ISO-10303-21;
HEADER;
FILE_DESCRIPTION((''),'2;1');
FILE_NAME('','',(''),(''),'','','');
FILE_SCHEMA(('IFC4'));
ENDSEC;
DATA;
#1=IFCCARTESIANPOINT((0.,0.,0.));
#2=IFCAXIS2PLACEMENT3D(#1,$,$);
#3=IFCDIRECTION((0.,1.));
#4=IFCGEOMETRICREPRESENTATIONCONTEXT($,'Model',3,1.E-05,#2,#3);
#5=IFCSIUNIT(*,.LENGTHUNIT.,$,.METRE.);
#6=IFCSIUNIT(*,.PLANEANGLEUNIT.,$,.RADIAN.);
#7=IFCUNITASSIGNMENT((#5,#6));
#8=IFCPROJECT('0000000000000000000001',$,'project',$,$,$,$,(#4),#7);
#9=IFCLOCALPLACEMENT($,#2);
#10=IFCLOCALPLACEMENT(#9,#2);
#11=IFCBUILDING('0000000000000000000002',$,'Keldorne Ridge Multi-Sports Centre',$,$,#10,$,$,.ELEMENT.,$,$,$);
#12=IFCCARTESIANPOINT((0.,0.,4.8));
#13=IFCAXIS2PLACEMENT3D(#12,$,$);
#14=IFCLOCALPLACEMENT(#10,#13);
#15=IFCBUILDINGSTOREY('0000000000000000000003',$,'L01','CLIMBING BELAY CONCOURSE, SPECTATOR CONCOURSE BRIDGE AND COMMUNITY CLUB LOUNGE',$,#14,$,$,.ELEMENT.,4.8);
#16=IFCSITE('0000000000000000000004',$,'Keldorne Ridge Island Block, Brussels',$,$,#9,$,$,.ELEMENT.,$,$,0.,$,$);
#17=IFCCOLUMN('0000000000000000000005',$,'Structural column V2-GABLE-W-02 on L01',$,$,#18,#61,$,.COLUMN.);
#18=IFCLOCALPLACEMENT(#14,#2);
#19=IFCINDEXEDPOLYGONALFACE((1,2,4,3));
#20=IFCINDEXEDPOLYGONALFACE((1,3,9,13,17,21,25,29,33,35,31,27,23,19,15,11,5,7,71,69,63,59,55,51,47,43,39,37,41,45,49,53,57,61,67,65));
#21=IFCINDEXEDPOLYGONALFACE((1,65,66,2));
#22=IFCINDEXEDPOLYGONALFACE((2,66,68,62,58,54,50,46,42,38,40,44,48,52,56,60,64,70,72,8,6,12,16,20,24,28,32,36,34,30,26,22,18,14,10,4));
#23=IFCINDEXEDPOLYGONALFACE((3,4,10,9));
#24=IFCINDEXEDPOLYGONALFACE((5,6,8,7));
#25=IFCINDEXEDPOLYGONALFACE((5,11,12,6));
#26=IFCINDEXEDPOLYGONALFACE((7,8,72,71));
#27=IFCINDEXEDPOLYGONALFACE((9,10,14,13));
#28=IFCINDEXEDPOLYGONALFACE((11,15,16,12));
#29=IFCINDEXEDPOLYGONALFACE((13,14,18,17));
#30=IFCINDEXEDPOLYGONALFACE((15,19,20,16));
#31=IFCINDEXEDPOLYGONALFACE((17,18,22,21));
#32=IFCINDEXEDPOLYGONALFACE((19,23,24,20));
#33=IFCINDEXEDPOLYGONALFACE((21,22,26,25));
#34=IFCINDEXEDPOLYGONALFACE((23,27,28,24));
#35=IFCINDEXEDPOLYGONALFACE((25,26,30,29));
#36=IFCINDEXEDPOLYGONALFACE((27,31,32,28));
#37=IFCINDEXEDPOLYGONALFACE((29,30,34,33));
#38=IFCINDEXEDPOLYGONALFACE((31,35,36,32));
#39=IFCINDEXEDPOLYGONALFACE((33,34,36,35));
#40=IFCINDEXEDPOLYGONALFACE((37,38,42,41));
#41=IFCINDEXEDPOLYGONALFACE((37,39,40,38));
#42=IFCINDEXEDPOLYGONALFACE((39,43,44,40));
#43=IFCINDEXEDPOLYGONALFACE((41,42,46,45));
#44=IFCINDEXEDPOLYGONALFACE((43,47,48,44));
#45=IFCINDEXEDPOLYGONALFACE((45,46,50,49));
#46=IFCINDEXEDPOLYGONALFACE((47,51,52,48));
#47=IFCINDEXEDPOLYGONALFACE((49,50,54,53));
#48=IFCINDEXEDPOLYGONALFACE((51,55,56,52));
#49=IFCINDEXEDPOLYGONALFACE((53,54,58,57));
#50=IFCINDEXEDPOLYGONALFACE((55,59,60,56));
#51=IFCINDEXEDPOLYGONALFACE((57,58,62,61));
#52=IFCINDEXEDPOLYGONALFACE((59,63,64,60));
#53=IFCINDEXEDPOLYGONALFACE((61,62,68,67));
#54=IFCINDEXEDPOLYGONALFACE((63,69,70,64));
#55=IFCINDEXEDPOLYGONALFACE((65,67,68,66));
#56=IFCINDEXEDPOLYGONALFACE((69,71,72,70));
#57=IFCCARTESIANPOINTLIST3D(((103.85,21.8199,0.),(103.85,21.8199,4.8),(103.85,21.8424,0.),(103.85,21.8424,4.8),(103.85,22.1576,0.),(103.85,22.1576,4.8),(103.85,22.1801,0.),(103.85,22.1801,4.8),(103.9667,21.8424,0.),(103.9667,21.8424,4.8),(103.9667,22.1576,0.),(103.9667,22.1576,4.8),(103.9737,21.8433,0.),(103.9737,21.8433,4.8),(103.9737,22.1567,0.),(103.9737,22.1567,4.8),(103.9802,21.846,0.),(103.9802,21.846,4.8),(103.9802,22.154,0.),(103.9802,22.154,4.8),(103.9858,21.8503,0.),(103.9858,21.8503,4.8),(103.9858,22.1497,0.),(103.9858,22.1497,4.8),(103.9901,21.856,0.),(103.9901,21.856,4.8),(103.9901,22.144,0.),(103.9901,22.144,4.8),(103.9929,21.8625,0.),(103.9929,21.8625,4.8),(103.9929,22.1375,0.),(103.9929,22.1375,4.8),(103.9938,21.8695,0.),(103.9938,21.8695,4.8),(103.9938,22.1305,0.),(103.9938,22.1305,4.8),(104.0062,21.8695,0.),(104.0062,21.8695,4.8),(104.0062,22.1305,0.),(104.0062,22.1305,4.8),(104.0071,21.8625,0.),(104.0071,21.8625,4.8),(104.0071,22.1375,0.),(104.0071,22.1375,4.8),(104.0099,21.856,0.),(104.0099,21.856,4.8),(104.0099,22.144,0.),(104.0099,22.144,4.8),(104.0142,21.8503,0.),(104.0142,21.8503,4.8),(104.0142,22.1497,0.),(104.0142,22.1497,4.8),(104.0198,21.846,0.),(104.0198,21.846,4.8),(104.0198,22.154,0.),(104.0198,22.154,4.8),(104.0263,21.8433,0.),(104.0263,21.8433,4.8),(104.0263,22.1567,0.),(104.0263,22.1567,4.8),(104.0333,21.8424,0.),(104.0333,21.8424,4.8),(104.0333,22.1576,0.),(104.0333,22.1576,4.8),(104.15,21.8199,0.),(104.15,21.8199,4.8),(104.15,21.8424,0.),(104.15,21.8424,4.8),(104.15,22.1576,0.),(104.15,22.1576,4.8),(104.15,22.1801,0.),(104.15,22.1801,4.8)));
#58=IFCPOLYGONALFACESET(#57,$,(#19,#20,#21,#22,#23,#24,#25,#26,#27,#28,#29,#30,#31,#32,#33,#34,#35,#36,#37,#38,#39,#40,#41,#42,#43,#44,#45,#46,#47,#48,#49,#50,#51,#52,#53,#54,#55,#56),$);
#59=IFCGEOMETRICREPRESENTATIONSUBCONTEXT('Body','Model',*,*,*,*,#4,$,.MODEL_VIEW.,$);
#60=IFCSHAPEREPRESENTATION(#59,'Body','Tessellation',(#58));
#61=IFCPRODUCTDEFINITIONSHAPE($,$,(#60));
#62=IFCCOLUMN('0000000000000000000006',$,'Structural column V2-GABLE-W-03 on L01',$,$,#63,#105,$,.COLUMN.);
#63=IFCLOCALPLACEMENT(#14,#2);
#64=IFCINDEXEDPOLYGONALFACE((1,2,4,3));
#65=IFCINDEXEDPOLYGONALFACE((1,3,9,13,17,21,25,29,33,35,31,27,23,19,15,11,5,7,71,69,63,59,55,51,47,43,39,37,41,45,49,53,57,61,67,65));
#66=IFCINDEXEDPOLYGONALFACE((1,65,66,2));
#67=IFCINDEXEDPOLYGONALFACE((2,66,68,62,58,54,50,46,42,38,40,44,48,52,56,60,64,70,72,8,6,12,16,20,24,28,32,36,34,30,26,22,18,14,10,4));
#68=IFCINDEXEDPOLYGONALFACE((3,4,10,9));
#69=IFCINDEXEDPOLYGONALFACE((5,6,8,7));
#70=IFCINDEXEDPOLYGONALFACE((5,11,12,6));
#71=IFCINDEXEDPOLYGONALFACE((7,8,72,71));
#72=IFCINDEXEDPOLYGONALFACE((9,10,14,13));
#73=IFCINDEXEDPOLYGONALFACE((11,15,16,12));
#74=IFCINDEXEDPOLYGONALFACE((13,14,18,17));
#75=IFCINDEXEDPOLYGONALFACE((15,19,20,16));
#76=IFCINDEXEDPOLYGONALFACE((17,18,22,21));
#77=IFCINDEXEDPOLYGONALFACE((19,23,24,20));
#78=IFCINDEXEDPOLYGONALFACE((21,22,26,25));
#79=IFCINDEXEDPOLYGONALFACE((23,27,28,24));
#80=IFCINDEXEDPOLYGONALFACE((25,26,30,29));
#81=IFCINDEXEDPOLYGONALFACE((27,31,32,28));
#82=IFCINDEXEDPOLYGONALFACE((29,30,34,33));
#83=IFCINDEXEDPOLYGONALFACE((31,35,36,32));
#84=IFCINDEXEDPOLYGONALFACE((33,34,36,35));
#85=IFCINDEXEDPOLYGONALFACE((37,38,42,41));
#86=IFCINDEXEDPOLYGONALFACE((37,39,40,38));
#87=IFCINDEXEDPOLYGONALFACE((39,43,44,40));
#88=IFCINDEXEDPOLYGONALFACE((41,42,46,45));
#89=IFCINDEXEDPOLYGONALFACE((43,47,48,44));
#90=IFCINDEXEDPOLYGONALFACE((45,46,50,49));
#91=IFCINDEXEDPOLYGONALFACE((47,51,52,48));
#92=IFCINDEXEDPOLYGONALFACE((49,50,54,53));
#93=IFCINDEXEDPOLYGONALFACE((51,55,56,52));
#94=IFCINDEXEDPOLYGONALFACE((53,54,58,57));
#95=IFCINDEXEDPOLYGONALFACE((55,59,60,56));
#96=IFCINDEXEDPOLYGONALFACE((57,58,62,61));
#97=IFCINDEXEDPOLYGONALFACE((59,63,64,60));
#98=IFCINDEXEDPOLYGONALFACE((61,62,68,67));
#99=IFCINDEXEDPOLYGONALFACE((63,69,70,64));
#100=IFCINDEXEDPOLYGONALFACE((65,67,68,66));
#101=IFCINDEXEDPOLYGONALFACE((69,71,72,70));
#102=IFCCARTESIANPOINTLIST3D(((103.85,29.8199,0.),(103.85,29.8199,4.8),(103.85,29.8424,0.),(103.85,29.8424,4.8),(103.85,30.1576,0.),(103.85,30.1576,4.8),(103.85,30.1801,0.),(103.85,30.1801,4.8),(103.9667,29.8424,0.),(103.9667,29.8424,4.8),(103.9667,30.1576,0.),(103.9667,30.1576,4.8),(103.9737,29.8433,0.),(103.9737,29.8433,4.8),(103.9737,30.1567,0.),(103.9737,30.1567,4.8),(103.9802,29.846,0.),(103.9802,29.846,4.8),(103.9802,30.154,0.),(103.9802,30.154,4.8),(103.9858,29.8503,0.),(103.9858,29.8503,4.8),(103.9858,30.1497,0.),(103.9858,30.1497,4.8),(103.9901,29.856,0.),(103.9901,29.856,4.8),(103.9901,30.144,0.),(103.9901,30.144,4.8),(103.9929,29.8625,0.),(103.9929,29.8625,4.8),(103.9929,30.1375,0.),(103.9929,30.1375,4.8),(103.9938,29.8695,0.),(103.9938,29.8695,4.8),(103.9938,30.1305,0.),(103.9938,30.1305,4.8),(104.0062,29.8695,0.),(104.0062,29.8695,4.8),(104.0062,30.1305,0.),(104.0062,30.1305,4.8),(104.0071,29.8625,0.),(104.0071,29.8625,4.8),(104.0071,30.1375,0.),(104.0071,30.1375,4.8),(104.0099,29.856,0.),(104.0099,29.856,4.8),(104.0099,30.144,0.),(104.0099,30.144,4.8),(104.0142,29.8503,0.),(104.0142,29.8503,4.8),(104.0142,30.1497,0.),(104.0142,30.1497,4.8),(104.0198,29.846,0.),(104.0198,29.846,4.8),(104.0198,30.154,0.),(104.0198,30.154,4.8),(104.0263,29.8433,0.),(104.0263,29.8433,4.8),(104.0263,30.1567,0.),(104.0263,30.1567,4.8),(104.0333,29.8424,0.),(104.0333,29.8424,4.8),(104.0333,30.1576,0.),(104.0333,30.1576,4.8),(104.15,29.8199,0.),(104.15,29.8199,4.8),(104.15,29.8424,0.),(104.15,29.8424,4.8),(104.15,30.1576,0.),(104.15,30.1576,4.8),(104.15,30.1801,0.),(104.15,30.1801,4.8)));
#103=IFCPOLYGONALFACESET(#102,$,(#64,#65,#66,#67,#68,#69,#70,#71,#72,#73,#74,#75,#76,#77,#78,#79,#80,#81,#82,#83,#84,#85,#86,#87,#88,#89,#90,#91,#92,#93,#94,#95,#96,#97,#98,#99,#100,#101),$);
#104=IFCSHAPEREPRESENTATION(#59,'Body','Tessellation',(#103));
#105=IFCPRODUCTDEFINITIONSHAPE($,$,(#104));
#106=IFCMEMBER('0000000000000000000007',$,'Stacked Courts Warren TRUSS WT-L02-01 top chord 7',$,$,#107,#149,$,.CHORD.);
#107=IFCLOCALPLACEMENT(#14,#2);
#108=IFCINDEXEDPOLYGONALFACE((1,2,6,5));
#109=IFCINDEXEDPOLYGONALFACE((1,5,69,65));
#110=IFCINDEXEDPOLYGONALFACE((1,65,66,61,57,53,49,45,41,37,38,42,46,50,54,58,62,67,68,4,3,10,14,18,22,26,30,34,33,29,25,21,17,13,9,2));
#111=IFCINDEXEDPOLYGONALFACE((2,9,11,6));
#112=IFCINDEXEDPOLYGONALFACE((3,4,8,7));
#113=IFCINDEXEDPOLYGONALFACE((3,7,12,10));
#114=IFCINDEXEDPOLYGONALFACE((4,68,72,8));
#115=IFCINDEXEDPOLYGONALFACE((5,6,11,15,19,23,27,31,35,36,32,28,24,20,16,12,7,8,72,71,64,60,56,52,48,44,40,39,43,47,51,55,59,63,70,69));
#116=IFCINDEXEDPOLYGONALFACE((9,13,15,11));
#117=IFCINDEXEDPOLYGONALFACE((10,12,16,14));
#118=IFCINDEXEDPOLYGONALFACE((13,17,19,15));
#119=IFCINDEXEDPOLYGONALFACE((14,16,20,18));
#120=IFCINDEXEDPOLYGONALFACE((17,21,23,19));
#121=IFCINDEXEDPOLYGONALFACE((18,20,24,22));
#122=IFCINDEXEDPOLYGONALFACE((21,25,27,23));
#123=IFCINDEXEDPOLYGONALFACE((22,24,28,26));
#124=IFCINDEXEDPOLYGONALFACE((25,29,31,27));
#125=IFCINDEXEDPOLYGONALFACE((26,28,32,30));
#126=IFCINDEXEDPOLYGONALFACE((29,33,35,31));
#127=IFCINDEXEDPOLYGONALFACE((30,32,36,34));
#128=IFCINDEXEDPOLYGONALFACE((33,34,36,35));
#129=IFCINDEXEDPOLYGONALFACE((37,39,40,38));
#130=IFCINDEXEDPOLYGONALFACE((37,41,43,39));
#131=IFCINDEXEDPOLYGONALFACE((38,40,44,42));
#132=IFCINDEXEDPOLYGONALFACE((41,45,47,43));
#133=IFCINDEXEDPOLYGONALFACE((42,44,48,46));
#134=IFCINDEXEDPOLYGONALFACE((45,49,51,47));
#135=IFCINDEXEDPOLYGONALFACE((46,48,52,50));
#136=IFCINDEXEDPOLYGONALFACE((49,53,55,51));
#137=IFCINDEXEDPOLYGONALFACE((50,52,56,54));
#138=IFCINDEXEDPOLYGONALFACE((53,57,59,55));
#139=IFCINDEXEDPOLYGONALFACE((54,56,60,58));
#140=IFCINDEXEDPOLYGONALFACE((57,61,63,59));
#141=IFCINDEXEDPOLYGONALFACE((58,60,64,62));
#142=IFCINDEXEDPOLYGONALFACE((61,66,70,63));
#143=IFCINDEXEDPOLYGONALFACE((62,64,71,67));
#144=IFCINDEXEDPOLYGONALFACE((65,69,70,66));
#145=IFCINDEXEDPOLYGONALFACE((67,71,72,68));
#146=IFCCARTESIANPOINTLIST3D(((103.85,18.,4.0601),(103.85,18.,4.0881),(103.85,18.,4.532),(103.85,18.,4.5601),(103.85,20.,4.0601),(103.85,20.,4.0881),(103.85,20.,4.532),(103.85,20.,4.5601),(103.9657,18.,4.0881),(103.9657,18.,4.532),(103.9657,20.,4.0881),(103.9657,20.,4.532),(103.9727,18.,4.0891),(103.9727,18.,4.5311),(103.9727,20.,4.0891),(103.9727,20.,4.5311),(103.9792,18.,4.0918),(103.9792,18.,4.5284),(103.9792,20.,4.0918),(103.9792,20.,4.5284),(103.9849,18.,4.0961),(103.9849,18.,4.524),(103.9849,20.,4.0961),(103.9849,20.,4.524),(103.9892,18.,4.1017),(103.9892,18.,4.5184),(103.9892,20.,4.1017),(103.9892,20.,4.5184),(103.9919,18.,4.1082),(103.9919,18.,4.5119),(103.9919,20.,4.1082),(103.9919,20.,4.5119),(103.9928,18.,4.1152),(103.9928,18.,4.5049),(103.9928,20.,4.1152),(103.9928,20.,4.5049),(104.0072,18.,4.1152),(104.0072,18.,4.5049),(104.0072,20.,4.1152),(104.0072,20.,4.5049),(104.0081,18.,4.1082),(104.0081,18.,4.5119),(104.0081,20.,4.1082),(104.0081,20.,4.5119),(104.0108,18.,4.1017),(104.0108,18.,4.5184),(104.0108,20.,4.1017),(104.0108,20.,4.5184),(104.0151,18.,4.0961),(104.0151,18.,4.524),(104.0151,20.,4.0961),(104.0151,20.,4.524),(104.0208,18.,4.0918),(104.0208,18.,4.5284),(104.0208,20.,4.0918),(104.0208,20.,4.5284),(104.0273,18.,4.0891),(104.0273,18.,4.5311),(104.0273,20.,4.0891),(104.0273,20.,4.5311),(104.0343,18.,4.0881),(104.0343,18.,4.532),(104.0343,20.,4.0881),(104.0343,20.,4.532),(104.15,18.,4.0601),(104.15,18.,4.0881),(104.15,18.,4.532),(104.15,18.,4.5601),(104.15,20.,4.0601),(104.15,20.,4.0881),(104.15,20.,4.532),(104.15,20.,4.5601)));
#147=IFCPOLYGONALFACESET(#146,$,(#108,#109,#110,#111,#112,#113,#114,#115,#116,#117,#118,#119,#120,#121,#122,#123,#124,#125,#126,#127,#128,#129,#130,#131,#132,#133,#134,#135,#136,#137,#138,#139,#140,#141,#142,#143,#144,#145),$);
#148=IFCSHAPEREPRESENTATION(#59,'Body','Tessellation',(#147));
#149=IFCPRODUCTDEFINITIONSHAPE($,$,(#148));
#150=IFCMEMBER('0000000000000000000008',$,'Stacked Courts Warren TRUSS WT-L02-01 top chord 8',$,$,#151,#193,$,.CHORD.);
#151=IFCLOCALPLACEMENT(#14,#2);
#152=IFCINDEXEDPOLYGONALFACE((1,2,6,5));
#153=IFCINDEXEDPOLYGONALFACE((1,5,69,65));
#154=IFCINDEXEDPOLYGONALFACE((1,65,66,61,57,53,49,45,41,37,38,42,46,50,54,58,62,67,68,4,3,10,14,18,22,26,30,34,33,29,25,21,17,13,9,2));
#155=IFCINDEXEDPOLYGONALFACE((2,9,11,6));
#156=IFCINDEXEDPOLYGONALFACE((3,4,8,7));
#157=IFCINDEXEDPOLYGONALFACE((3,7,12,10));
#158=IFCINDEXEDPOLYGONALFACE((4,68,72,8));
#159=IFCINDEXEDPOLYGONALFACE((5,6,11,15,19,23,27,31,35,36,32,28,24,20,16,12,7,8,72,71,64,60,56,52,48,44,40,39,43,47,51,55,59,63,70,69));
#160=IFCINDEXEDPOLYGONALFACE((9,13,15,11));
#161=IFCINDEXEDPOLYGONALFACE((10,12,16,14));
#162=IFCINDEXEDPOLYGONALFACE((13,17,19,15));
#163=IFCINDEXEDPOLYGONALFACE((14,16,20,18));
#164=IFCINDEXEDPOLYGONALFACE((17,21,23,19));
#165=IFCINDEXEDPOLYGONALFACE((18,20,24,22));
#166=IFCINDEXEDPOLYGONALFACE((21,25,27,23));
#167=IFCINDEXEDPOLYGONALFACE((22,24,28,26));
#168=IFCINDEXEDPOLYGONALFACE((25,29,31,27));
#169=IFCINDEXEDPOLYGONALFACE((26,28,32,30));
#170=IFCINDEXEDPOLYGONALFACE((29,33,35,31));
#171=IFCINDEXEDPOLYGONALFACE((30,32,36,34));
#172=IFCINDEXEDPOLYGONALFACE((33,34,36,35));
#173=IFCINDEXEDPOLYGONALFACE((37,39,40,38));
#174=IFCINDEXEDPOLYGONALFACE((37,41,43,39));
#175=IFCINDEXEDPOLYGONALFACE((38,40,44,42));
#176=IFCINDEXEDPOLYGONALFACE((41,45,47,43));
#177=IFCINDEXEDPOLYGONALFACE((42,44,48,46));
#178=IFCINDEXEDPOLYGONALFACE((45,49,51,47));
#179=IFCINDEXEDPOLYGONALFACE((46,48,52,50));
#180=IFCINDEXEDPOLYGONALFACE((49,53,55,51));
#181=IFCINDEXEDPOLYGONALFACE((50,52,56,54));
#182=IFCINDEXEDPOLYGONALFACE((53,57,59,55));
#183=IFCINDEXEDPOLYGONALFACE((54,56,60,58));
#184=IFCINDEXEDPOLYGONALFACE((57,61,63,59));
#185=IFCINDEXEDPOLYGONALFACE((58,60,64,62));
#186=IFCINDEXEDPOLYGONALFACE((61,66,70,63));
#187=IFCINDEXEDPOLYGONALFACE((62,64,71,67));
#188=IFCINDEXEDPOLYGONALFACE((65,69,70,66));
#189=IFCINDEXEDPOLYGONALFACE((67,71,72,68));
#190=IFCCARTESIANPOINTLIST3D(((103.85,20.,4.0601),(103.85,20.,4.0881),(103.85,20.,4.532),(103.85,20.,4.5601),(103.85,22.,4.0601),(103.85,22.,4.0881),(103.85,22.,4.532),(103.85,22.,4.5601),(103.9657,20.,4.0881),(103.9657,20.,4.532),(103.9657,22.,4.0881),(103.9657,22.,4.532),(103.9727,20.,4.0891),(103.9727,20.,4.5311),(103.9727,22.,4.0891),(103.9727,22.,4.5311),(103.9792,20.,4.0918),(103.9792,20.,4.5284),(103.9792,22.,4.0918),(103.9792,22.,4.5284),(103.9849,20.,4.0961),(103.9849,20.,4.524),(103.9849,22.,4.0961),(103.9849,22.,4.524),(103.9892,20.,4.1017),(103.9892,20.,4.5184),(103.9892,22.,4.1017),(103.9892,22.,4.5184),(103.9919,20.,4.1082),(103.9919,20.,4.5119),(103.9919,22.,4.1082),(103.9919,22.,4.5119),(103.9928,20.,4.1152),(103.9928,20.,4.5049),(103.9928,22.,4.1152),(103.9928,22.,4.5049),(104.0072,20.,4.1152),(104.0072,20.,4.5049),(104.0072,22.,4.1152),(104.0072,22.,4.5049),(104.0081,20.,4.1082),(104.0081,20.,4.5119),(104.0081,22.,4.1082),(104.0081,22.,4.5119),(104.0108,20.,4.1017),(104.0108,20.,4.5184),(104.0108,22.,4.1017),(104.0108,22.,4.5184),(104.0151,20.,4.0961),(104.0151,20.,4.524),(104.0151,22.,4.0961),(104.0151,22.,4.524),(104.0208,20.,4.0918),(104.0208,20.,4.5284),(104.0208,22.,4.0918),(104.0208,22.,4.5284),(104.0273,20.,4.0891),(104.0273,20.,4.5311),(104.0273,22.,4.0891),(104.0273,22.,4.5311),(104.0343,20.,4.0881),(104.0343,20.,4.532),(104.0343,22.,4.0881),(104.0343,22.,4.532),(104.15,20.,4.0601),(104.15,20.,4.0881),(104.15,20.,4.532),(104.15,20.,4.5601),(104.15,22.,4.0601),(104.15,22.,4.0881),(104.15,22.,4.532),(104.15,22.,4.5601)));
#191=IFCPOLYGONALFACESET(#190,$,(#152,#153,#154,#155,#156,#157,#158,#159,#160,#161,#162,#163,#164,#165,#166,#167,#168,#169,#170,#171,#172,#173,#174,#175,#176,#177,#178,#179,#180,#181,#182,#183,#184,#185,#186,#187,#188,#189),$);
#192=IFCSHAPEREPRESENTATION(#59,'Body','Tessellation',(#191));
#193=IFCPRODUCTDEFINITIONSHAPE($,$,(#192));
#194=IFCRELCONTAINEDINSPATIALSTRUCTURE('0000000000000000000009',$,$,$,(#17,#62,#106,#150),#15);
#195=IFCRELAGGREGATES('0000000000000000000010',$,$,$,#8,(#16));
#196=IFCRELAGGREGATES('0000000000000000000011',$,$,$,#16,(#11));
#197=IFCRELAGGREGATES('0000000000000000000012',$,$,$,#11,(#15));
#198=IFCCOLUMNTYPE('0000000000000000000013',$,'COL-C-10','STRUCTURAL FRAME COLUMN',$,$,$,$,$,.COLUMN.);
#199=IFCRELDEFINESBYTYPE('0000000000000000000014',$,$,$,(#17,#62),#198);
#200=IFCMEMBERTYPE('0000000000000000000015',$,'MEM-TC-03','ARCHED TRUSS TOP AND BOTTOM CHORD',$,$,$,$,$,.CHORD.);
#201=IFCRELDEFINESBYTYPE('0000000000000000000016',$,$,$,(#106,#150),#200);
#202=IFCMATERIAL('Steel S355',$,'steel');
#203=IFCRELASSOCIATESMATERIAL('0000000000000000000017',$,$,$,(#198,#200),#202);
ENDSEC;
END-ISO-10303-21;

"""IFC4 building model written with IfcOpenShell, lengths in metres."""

from ifc_helpers import new_model, si_unit, direction, frame, origin, origin_2d, place, context, subcontext, project, spatial, i_section, extrude, material, material_profile, profile_set, type_object, element, save


model = new_model("IFC4")

# Units and contexts
model_context = context("Model", 3, precision=1e-05, world=origin(), true_north=direction((0.0, 1.0)))
body_context = subcontext(model_context, "Body", "Model", "MODEL_VIEW")
ifc_project = project(units=[si_unit("LENGTHUNIT", "METRE"), si_unit("PLANEANGLEUNIT", "RADIAN")], contexts=[model_context])

# Site, building, storey
site_placement = place(None, origin())
site = spatial("IfcSite", under=ifc_project, at=site_placement, Name="Keldorne Ridge Island Block, Brussels", CompositionType="ELEMENT", RefElevation=0.0)
building_placement = place(site_placement, origin())
building = spatial("IfcBuilding", under=site, at=building_placement, Name="Keldorne Ridge Multi-Sports Centre", CompositionType="ELEMENT")
storey_placement = place(building_placement, frame((0.0, 0.0, 4.8)))
storey = spatial("IfcBuildingStorey", under=building, at=storey_placement, Name="L01", Description="CLIMBING BELAY CONCOURSE, SPECTATOR CONCOURSE BRIDGE AND COMMUNITY CLUB LOUNGE", CompositionType="ELEMENT", Elevation=4.8)

# Columns
ifc_material = material(Name="Steel S355", Category="steel")
ifc_material_profile_1 = material_profile(ifc_material, i_section(OverallWidth=0.3, OverallDepth=0.3601, WebThickness=0.0125, FlangeThickness=0.0225, FilletRadius=0.0271, at=origin_2d()), Name="HEB 360")
ifc_profile_set_1 = profile_set([ifc_material_profile_1], Name="Steel S355")
column_type = type_object("IfcColumnType", Name="COL-C-10", Description="STRUCTURAL FRAME COLUMN", PredefinedType="COLUMN", material=ifc_profile_set_1)
for number, where, z_axis, x_axis, name in (
    (1, (104.0, 22.0, 0.0), (0.0, 0.0, 1.0), (1.0, 0.0, 0.0), "Structural column V2-GABLE-W-02 on L01"),
    (2, (104.0, 30.0, 0.0), (0.0, 0.0, 1.0), (1.0, 0.0, 0.0), "Structural column V2-GABLE-W-03 on L01"),
):
    element("IfcColumn", number, at=place(storey_placement, frame(where, z_axis=z_axis, x_axis=x_axis)), inside=storey, type_object=column_type, Name=name, PredefinedType="COLUMN", context=body_context, shape_type="SweptSolid", body=[
        extrude(i_section(OverallWidth=0.3, OverallDepth=0.3601, WebThickness=0.0125, FlangeThickness=0.0225, FilletRadius=0.0271, at=origin_2d()), origin(), (0.0, 0.0, 1.0), 4.8),
    ])

# Members
ifc_material_profile_2 = material_profile(ifc_material, i_section(OverallWidth=0.3, OverallDepth=0.5, WebThickness=0.0144, FlangeThickness=0.0281, FilletRadius=0.0271, at=origin_2d()), Name="HEB 500")
ifc_profile_set_2 = profile_set([ifc_material_profile_2], Name="Steel S355")
member_type_1 = type_object("IfcMemberType", Name="MEM-TC-03", Description="ARCHED TRUSS TOP AND BOTTOM CHORD", PredefinedType="CHORD", material=ifc_profile_set_2)
for number, where, z_axis, x_axis, name in (
    (3, (104.0, 18.0, 4.3101), (0.0, 1.0, 0.0), (-1.0, 0.0, 0.0), "Stacked Courts Warren TRUSS WT-L02-01 top chord 7"),
    (4, (104.0, 20.0, 4.3101), (0.0, 1.0, 0.0), (-1.0, 0.0, 0.0), "Stacked Courts Warren TRUSS WT-L02-01 top chord 8"),
):
    element("IfcMember", number, at=place(storey_placement, frame(where, z_axis=z_axis, x_axis=x_axis)), inside=storey, type_object=member_type_1, Name=name, PredefinedType="CHORD", context=body_context, shape_type="SweptSolid", body=[
        extrude(i_section(OverallWidth=0.3, OverallDepth=0.5, WebThickness=0.0144, FlangeThickness=0.0281, FilletRadius=0.0271, at=origin_2d()), origin(), (0.0, 0.0, 1.0), 2.0),
    ])

save(model, "model.ifc")
